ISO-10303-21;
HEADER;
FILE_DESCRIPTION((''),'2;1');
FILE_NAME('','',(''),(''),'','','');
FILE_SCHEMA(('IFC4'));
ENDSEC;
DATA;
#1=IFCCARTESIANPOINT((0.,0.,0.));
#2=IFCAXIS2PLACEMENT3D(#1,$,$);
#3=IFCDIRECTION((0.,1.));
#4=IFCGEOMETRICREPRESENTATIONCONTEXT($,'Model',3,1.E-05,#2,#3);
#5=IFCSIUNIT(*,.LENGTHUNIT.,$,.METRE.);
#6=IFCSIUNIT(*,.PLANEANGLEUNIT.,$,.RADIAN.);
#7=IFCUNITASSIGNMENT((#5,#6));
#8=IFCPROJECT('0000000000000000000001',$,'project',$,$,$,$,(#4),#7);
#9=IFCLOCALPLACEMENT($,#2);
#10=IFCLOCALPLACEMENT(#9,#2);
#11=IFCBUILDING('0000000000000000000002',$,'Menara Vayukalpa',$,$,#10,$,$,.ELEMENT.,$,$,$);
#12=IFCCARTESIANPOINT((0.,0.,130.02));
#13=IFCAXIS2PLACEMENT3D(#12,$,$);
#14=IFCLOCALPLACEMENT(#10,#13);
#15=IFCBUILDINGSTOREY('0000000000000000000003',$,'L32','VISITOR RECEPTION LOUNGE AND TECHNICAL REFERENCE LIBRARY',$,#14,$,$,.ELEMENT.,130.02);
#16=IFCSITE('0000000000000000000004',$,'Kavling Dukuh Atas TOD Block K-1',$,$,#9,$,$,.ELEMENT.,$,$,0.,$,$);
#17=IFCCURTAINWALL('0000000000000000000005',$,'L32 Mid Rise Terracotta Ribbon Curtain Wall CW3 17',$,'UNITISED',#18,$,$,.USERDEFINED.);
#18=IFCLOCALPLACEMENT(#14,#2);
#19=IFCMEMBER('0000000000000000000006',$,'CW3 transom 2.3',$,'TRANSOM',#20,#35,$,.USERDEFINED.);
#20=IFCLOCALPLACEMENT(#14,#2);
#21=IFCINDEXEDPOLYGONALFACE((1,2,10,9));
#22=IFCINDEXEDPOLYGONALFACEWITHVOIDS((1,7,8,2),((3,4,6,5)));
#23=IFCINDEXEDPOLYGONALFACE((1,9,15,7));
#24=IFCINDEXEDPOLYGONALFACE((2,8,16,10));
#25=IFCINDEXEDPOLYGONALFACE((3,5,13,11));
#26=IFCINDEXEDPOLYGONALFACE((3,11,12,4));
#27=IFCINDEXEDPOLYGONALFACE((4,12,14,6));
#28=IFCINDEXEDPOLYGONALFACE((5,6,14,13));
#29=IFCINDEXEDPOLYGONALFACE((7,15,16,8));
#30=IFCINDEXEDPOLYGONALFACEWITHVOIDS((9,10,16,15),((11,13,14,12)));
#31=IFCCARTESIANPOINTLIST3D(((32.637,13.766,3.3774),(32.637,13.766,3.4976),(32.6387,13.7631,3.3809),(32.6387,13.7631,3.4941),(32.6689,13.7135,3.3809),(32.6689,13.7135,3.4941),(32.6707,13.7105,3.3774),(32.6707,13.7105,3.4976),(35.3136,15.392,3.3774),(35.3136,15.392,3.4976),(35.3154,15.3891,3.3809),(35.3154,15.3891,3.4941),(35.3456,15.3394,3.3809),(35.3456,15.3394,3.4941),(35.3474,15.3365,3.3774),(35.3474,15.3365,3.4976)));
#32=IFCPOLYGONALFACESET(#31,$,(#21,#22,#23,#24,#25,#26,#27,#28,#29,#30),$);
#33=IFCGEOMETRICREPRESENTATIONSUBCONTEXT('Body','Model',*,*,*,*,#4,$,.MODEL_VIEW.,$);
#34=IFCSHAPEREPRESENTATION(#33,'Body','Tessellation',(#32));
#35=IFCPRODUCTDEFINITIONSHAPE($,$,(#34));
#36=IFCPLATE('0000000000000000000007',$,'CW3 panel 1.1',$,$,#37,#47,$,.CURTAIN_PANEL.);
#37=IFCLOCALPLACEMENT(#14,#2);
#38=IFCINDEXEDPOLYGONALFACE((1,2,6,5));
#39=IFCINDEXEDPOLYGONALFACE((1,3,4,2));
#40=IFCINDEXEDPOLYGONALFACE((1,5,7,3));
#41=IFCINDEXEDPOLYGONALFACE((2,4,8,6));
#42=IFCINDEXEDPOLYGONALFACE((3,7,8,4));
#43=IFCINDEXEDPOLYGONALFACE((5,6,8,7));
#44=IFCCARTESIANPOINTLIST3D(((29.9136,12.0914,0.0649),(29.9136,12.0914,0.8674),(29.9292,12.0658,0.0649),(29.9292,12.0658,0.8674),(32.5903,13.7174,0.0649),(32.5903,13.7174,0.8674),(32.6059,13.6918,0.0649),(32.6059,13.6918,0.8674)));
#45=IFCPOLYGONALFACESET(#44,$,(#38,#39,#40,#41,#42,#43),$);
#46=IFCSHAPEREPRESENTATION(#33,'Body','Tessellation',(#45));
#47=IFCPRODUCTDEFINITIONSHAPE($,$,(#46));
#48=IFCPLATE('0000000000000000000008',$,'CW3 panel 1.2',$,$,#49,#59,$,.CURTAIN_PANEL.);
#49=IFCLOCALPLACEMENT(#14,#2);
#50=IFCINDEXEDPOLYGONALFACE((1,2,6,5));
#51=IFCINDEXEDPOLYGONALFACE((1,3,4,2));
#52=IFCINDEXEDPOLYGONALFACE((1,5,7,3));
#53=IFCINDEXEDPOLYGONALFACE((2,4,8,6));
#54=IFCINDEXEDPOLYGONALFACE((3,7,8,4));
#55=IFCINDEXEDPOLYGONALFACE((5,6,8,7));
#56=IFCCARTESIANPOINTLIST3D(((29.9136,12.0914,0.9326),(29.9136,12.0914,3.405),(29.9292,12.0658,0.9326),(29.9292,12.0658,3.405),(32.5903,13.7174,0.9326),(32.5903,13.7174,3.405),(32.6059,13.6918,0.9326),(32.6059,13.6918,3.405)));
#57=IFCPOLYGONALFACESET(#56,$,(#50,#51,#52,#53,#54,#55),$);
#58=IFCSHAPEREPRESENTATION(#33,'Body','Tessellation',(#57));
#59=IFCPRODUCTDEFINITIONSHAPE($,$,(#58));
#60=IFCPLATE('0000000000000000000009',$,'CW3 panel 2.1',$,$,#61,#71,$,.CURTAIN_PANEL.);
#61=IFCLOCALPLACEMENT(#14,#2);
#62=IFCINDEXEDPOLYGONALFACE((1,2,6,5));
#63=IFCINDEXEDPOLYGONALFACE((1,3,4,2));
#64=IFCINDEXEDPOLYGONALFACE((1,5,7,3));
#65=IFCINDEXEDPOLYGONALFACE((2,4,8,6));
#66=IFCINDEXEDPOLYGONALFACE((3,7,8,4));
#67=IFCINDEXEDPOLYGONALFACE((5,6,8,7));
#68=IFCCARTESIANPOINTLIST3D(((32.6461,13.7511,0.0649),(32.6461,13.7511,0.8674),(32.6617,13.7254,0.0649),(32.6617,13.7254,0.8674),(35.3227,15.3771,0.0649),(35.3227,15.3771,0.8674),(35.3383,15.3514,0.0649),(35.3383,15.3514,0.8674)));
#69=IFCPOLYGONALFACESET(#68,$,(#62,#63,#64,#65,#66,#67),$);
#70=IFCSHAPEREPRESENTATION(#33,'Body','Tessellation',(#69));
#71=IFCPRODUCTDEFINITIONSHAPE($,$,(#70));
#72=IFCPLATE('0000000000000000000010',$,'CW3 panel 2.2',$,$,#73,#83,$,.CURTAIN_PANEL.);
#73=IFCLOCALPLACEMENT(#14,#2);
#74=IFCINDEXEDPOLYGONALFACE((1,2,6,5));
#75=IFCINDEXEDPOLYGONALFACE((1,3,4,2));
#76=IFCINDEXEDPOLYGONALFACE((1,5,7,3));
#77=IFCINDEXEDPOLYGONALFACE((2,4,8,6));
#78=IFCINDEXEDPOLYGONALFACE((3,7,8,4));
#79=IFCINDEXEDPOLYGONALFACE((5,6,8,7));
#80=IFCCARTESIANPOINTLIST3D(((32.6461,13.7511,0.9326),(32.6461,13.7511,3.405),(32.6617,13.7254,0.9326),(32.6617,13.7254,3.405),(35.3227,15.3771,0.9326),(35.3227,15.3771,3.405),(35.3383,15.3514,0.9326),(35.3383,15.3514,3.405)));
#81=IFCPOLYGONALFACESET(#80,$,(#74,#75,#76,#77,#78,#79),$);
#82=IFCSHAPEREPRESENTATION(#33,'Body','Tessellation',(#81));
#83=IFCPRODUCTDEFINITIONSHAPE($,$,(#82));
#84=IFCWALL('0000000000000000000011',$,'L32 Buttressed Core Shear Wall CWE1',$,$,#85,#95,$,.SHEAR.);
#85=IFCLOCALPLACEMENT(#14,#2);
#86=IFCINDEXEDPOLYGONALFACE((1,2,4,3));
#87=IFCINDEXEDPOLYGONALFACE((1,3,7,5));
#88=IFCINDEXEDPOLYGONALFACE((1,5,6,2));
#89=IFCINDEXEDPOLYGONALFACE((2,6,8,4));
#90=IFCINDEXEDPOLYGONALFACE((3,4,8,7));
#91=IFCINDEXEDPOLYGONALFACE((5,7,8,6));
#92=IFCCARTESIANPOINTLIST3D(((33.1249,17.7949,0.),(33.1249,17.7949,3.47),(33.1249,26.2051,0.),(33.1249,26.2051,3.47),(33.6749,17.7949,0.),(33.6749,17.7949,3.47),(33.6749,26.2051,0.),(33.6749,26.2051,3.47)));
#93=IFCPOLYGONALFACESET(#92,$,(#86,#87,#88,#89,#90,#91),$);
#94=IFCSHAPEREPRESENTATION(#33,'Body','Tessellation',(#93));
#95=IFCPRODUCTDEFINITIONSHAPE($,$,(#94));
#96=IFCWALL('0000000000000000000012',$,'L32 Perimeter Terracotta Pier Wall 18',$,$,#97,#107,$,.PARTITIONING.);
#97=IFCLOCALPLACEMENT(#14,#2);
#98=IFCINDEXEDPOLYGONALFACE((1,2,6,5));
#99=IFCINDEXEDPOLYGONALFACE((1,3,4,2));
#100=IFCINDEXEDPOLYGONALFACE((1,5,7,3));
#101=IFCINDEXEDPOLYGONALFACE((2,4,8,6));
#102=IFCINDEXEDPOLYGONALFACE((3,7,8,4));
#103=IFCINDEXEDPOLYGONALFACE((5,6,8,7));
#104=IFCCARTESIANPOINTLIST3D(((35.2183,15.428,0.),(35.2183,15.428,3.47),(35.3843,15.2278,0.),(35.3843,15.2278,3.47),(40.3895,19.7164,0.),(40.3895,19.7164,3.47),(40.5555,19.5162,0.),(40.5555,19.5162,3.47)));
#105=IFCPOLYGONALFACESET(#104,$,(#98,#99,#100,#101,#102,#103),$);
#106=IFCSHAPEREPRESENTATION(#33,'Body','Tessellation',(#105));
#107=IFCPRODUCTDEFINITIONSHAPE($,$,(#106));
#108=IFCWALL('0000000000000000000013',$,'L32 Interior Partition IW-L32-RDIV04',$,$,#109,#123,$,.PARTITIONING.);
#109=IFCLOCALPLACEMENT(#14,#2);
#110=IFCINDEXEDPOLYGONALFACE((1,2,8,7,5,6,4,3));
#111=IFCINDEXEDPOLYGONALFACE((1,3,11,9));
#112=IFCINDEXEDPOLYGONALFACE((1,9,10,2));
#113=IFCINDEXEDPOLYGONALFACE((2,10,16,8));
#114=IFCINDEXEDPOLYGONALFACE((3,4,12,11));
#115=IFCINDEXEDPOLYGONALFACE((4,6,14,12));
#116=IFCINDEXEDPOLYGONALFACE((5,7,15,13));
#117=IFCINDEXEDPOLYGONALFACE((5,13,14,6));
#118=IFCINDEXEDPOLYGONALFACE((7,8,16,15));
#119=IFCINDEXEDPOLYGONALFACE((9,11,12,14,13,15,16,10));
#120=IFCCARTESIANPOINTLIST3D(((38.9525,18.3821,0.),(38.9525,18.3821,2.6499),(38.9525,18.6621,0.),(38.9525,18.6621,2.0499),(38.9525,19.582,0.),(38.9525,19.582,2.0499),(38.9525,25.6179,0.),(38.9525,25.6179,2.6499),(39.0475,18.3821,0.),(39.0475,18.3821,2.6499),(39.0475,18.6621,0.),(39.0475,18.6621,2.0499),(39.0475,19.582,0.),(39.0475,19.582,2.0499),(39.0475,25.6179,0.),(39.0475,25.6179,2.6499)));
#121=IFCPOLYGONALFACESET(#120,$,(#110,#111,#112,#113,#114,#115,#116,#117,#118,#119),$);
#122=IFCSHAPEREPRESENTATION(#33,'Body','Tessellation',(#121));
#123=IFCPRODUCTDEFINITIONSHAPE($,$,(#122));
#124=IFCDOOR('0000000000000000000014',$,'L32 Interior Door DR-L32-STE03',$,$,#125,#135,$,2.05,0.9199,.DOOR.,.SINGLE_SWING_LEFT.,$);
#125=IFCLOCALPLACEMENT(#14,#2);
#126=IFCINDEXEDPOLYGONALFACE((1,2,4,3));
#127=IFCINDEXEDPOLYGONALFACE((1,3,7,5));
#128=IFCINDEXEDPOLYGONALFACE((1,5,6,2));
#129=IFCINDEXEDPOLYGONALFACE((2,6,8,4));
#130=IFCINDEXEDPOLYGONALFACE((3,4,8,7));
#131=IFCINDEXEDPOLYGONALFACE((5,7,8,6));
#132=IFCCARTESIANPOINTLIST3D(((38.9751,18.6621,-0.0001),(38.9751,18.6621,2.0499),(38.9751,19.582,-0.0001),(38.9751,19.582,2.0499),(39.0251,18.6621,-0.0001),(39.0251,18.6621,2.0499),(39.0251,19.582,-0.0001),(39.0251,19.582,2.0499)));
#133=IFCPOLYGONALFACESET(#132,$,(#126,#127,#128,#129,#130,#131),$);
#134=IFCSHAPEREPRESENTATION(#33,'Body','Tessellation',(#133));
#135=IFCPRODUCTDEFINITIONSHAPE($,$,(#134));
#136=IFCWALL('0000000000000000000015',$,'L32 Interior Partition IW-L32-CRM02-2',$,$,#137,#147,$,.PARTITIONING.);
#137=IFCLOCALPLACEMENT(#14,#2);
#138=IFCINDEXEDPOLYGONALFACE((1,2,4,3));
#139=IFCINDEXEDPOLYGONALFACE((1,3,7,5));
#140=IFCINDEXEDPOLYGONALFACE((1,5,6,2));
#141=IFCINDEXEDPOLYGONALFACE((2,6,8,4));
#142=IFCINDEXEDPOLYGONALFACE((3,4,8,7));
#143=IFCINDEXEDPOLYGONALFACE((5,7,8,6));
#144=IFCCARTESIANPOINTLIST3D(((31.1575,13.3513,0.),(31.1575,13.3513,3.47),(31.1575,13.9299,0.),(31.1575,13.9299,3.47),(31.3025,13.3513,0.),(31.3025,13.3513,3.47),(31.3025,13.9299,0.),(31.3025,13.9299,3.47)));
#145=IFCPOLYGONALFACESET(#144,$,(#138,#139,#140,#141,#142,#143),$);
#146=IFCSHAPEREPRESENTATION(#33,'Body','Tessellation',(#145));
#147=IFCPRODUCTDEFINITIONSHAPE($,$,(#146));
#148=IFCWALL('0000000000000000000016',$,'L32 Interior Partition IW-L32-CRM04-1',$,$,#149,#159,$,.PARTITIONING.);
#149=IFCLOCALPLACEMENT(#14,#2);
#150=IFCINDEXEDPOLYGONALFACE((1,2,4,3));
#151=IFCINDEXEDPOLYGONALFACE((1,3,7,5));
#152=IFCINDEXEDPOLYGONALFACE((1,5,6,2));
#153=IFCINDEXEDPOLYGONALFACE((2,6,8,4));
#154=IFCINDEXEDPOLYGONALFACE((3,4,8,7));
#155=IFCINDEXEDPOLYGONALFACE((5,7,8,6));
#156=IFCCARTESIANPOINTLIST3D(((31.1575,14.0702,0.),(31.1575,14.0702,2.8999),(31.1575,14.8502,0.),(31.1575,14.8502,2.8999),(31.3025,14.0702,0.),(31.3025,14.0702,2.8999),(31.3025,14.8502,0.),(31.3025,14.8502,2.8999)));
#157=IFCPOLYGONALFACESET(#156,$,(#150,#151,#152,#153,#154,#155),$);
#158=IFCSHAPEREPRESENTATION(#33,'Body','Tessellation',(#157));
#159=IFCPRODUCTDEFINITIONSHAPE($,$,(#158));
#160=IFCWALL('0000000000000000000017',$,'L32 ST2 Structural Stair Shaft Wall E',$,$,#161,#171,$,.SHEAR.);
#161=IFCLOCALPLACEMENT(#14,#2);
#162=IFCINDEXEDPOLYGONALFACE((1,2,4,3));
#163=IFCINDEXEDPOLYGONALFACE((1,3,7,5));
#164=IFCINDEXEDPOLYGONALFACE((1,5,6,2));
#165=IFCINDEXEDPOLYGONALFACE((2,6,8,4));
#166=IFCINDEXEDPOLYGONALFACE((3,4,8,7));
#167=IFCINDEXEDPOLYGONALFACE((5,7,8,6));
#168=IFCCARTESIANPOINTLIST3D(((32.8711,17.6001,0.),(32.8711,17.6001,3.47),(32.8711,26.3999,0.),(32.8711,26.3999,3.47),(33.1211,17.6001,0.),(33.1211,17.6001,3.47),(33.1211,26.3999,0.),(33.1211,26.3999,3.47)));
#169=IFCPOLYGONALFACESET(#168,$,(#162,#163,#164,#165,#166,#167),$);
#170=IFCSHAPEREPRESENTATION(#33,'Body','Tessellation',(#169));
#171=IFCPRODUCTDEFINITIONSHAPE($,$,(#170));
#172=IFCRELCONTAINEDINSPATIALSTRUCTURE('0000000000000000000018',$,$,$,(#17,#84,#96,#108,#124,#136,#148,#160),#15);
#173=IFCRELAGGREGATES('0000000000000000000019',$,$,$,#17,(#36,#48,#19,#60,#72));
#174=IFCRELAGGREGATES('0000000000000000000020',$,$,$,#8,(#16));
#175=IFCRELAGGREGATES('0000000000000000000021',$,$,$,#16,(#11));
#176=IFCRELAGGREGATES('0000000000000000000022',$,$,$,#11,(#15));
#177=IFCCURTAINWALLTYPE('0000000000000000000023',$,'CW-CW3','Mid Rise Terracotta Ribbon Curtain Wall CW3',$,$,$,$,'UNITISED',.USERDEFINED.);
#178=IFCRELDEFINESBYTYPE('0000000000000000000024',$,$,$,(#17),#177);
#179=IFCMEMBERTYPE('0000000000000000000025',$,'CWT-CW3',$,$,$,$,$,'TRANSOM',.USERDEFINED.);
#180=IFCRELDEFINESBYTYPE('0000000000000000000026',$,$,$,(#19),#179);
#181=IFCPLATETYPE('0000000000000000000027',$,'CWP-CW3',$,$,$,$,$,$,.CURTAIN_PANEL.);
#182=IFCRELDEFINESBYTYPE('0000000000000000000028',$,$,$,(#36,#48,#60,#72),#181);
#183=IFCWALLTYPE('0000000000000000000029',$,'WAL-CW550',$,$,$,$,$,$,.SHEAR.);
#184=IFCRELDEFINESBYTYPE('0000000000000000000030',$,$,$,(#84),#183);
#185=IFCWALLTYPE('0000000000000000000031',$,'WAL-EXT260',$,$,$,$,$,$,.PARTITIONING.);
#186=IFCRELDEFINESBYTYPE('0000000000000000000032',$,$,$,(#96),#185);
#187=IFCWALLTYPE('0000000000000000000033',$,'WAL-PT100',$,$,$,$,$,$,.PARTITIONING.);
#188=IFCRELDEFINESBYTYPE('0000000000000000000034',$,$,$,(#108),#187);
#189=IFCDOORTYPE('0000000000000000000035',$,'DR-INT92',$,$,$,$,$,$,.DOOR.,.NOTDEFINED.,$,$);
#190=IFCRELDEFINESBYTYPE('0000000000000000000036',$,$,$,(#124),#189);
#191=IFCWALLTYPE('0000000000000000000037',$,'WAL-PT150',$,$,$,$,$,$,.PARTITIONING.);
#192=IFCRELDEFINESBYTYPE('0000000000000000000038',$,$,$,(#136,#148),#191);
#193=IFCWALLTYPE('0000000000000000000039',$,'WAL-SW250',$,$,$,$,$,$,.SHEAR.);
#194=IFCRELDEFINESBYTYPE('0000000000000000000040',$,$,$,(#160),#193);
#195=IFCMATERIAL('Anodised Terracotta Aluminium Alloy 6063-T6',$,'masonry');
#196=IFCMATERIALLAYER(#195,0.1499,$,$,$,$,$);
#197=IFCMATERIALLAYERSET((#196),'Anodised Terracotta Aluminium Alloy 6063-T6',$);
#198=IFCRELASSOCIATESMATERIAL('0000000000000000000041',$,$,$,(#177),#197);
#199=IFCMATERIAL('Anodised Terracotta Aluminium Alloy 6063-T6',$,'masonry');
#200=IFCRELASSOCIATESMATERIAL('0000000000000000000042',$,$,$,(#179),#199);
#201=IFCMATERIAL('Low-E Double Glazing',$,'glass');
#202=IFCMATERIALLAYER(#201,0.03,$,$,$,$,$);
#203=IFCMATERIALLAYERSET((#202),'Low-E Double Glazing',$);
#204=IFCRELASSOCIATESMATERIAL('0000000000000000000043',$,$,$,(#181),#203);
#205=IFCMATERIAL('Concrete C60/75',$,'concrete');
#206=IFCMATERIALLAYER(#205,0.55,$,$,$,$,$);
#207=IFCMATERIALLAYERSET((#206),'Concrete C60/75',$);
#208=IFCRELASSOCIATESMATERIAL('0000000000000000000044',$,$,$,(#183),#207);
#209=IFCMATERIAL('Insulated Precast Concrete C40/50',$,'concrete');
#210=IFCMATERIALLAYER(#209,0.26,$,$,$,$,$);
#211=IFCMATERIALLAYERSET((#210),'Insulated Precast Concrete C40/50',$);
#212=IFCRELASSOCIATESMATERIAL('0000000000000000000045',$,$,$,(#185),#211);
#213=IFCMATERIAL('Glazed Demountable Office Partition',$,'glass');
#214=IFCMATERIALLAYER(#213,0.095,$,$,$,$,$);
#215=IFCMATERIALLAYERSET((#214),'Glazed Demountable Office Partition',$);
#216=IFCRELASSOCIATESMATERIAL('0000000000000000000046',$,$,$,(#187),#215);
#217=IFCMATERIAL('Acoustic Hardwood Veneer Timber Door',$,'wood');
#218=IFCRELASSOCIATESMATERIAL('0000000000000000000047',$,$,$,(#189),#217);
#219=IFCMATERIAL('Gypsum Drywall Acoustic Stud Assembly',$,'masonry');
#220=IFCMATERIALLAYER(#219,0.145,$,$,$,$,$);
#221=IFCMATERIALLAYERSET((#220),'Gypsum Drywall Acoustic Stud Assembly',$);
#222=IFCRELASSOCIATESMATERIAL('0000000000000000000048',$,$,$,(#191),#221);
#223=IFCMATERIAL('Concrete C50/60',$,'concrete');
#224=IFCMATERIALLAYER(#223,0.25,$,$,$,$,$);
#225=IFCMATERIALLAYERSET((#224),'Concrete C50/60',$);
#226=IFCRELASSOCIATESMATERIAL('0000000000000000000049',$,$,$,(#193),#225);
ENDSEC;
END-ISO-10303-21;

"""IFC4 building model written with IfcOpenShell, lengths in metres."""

from ifc_helpers import new_model, si_unit, direction, frame, frame_2d, origin, origin_2d, place, context, subcontext, project, spatial, rectangle, hollow_rectangle, extrude, material, layer, layer_set, material_profile, profile_set, type_object, element, fill, aggregate, save


model = new_model("IFC4")

# Units and contexts
model_context = context("Model", 3, precision=1e-05, world=origin(), true_north=direction((0.0, 1.0)))
body_context = subcontext(model_context, "Body", "Model", "MODEL_VIEW")
ifc_project = project(units=[si_unit("LENGTHUNIT", "METRE"), si_unit("PLANEANGLEUNIT", "RADIAN")], contexts=[model_context])

# Site, building, storey
site_placement = place(None, origin())
site = spatial("IfcSite", under=ifc_project, at=site_placement, Name="Kavling Dukuh Atas TOD Block K-1", CompositionType="ELEMENT", RefElevation=0.0)
building_placement = place(site_placement, origin())
building = spatial("IfcBuilding", under=site, at=building_placement, Name="Menara Vayukalpa", CompositionType="ELEMENT")
storey_placement = place(building_placement, frame((0.0, 0.0, 130.02)))
storey = spatial("IfcBuildingStorey", under=building, at=storey_placement, Name="L32", Description="VISITOR RECEPTION LOUNGE AND TECHNICAL REFERENCE LIBRARY", CompositionType="ELEMENT", Elevation=130.02)

# Curtain wall, member, plates
ifc_material_1 = material(Name="Anodised Terracotta Aluminium Alloy 6063-T6", Category="masonry")
ifc_layer_1 = layer(ifc_material_1, 0.1499)
ifc_layer_set_1 = layer_set([ifc_layer_1], Name="Anodised Terracotta Aluminium Alloy 6063-T6")
curtain_wall_type = type_object("IfcCurtainWallType", Name="CW-CW3", Description="Mid Rise Terracotta Ribbon Curtain Wall CW3", ElementType="UNITISED", PredefinedType="USERDEFINED", material=ifc_layer_set_1)
curtain_wall_placement = place(storey_placement, origin())
curtain_wall = element("IfcCurtainWall", 1, at=curtain_wall_placement, inside=storey, type_object=curtain_wall_type, Name="L32 Mid Rise Terracotta Ribbon Curtain Wall CW3 17", ObjectType="UNITISED", PredefinedType="USERDEFINED")
ifc_material_2 = material(Name="Anodised Terracotta Aluminium Alloy 6063-T6", Category="masonry")
ifc_material_profile_1 = material_profile(ifc_material_2, hollow_rectangle(XDim=0.0649, YDim=0.1201, WallThickness=0.0034, at=origin_2d()), Name="ALU 65x120x3.5")
ifc_profile_set_1 = profile_set([ifc_material_profile_1], Name="Anodised Terracotta Aluminium Alloy 6063-T6")
member_type_1 = type_object("IfcMemberType", Name="CWT-CW3", ElementType="TRANSOM", PredefinedType="USERDEFINED", material=ifc_profile_set_1)
member_1_placement = place(storey_placement, frame((32.6538, 13.7383, 3.4375), z_axis=(0.854674, 0.519165, 0.0), x_axis=(-0.519165, 0.854674, 0.0)))
member_1 = element("IfcMember", 2, at=member_1_placement, type_object=member_type_1, Name="CW3 transom 2.3", ObjectType="TRANSOM", PredefinedType="USERDEFINED", context=body_context, shape_type="SweptSolid", body=[
    extrude(hollow_rectangle(XDim=0.0649, YDim=0.1201, WallThickness=0.0034, at=origin_2d()), origin(), (0.0, 0.0, 1.0), 3.1318),
])
ifc_material_3 = material(Name="Low-E Double Glazing", Category="glass")
ifc_layer_2 = layer(ifc_material_3, 0.03)
ifc_layer_set_2 = layer_set([ifc_layer_2], Name="Low-E Double Glazing")
plate_type = type_object("IfcPlateType", Name="CWP-CW3", PredefinedType="CURTAIN_PANEL", material=ifc_layer_set_2)
plate_1_placement = place(storey_placement, frame((31.2598, 12.8916, 0.0649), z_axis=(0.0, 0.0, 1.0), x_axis=(0.854663, 0.519183, 0.0)))
plate_1 = element("IfcPlate", 3, at=plate_1_placement, type_object=plate_type, Name="CW3 panel 1.1", PredefinedType="CURTAIN_PANEL", context=body_context, shape_type="SweptSolid", body=[
    extrude(rectangle(XDim=3.1318, YDim=0.03, at=origin_2d()), origin(), (0.0, 0.0, 1.0), 0.8025),
])
plate_2_placement = place(storey_placement, frame((31.2598, 12.8916, 0.9326), z_axis=(0.0, 0.0, 1.0), x_axis=(0.854663, 0.519183, 0.0)))
plate_2 = element("IfcPlate", 4, at=plate_2_placement, type_object=plate_type, Name="CW3 panel 1.2", PredefinedType="CURTAIN_PANEL", context=body_context, shape_type="SweptSolid", body=[
    extrude(rectangle(XDim=3.1318, YDim=0.03, at=origin_2d()), origin(), (0.0, 0.0, 1.0), 2.4724),
])
plate_3_placement = place(storey_placement, frame((33.9922, 14.5513, 0.0649), z_axis=(0.0, 0.0, 1.0), x_axis=(0.854663, 0.519183, 0.0)))
plate_3 = element("IfcPlate", 5, at=plate_3_placement, type_object=plate_type, Name="CW3 panel 2.1", PredefinedType="CURTAIN_PANEL", context=body_context, shape_type="SweptSolid", body=[
    extrude(rectangle(XDim=3.1318, YDim=0.03, at=origin_2d()), origin(), (0.0, 0.0, 1.0), 0.8025),
])
plate_4_placement = place(storey_placement, frame((33.9922, 14.5513, 0.9326), z_axis=(0.0, 0.0, 1.0), x_axis=(0.854663, 0.519183, 0.0)))
plate_4 = element("IfcPlate", 6, at=plate_4_placement, type_object=plate_type, Name="CW3 panel 2.2", PredefinedType="CURTAIN_PANEL", context=body_context, shape_type="SweptSolid", body=[
    extrude(rectangle(XDim=3.1318, YDim=0.03, at=origin_2d()), origin(), (0.0, 0.0, 1.0), 2.4724),
])
aggregate(curtain_wall, [plate_1, plate_2, member_1, plate_3, plate_4])

# Walls
ifc_material_4 = material(Name="Concrete C60/75", Category="concrete")
ifc_layer_3 = layer(ifc_material_4, 0.55)
ifc_layer_set_3 = layer_set([ifc_layer_3], Name="Concrete C60/75")
wall_type_1 = type_object("IfcWallType", Name="WAL-CW550", PredefinedType="SHEAR", material=ifc_layer_set_3)
wall_1_placement = place(storey_placement, frame((33.3999, 17.7949, 0.0), z_axis=(0.0, 0.0, 1.0), x_axis=(0.0, 1.0, 0.0)))
element("IfcWall", 7, at=wall_1_placement, inside=storey, type_object=wall_type_1, Name="L32 Buttressed Core Shear Wall CWE1", PredefinedType="SHEAR", context=body_context, shape_type="SweptSolid", body=[
    extrude(rectangle(XDim=8.4102, YDim=0.55, at=frame_2d((4.2051, 0.0))), origin(), (0.0, 0.0, 1.0), 3.47),
])
ifc_material_5 = material(Name="Insulated Precast Concrete C40/50", Category="concrete")
ifc_layer_4 = layer(ifc_material_5, 0.26)
ifc_layer_set_4 = layer_set([ifc_layer_4], Name="Insulated Precast Concrete C40/50")
wall_type_2 = type_object("IfcWallType", Name="WAL-EXT260", PredefinedType="PARTITIONING", material=ifc_layer_set_4)
wall_2_placement = place(storey_placement, frame((40.4724, 19.6162, 0.0), z_axis=(0.0, 0.0, 1.0), x_axis=(-0.769753, -0.638342, 0.0)))
element("IfcWall", 8, at=wall_2_placement, inside=storey, type_object=wall_type_2, Name="L32 Perimeter Terracotta Pier Wall 18", PredefinedType="PARTITIONING", context=body_context, shape_type="SweptSolid", body=[
    extrude(rectangle(XDim=6.718, YDim=0.26, at=frame_2d((3.3589, 0.0))), origin(), (0.0, 0.0, 1.0), 3.47),
])

# Wall, opening, door
ifc_material_6 = material(Name="Glazed Demountable Office Partition", Category="glass")
ifc_layer_5 = layer(ifc_material_6, 0.095)
ifc_layer_set_5 = layer_set([ifc_layer_5], Name="Glazed Demountable Office Partition")
wall_type_3 = type_object("IfcWallType", Name="WAL-PT100", PredefinedType="PARTITIONING", material=ifc_layer_set_5)
wall_3_placement = place(storey_placement, frame((39.0, 18.3821, 0.0), z_axis=(0.0, 0.0, 1.0), x_axis=(0.0, 1.0, 0.0)))
wall_3 = element("IfcWall", 9, at=wall_3_placement, inside=storey, type_object=wall_type_3, Name="L32 Interior Partition IW-L32-RDIV04", PredefinedType="PARTITIONING", context=body_context, shape_type="SweptSolid", body=[
    extrude(rectangle(XDim=7.2358, YDim=0.095, at=frame_2d((3.6179, 0.0))), origin(), (0.0, 0.0, 1.0), 2.6499),
])
opening_placement = place(wall_3_placement, frame((0.28, 0.0, 0.0)))
opening = element("IfcOpeningElement", 10, at=opening_placement, cuts=wall_3, PredefinedType="OPENING", context=body_context, shape_type="SweptSolid", body=[
    extrude(rectangle(XDim=0.9199, YDim=2.05, at=frame_2d((0.46, 1.0249))), frame((0.0, 0.0574, 0.0), z_axis=(0.0, -1.0, 0.0), x_axis=(1.0, 0.0, 0.0)), (0.0, 0.0, 1.0), 0.115),
])
ifc_material_7 = material(Name="Acoustic Hardwood Veneer Timber Door", Category="wood")
door_type = type_object("IfcDoorType", Name="DR-INT92", OperationType="NOTDEFINED", PredefinedType="DOOR", material=ifc_material_7)
door_placement = place(opening_placement, origin())
door = element("IfcDoor", 11, at=door_placement, inside=storey, type_object=door_type, Name="L32 Interior Door DR-L32-STE03", OperationType="SINGLE_SWING_LEFT", OverallHeight=2.05, OverallWidth=0.9199, PredefinedType="DOOR", context=body_context, shape_type="SweptSolid", body=[
    extrude(rectangle(XDim=0.9199, YDim=2.05, at=frame_2d((0.46, 1.0249))), frame((0.0, 0.0249, 0.0), z_axis=(0.0, -1.0, 0.0), x_axis=(1.0, 0.0, 0.0)), (0.0, 0.0, 1.0), 0.05),
])
fill(opening, door)

# Walls
ifc_material_8 = material(Name="Gypsum Drywall Acoustic Stud Assembly", Category="masonry")
ifc_layer_6 = layer(ifc_material_8, 0.145)
ifc_layer_set_6 = layer_set([ifc_layer_6], Name="Gypsum Drywall Acoustic Stud Assembly")
wall_type_4 = type_object("IfcWallType", Name="WAL-PT150", PredefinedType="PARTITIONING", material=ifc_layer_set_6)
wall_4_placement = place(storey_placement, frame((31.23, 13.3513, 0.0), z_axis=(0.0, 0.0, 1.0), x_axis=(0.0, 1.0, 0.0)))
element("IfcWall", 12, at=wall_4_placement, inside=storey, type_object=wall_type_4, Name="L32 Interior Partition IW-L32-CRM02-2", PredefinedType="PARTITIONING", context=body_context, shape_type="SweptSolid", body=[
    extrude(rectangle(XDim=0.5786, YDim=0.145, at=frame_2d((0.2893, 0.0))), origin(), (0.0, 0.0, 1.0), 3.47),
])
wall_5_placement = place(storey_placement, frame((31.23, 14.0701, 0.0), z_axis=(0.0, 0.0, 1.0), x_axis=(0.0, 1.0, 0.0)))
element("IfcWall", 13, at=wall_5_placement, inside=storey, type_object=wall_type_4, Name="L32 Interior Partition IW-L32-CRM04-1", PredefinedType="PARTITIONING", context=body_context, shape_type="SweptSolid", body=[
    extrude(rectangle(XDim=0.78, YDim=0.145, at=frame_2d((0.3901, 0.0))), origin(), (0.0, 0.0, 1.0), 2.8999),
])
ifc_material_9 = material(Name="Concrete C50/60", Category="concrete")
ifc_layer_7 = layer(ifc_material_9, 0.25)
ifc_layer_set_7 = layer_set([ifc_layer_7], Name="Concrete C50/60")
wall_type_5 = type_object("IfcWallType", Name="WAL-SW250", PredefinedType="SHEAR", material=ifc_layer_set_7)
wall_6_placement = place(storey_placement, frame((32.9961, 17.6001, 0.0), z_axis=(0.0, 0.0, 1.0), x_axis=(0.0, 1.0, 0.0)))
element("IfcWall", 14, at=wall_6_placement, inside=storey, type_object=wall_type_5, Name="L32 ST2 Structural Stair Shaft Wall E", PredefinedType="SHEAR", context=body_context, shape_type="SweptSolid", body=[
    extrude(rectangle(XDim=8.7998, YDim=0.25, at=frame_2d((4.3999, 0.0))), origin(), (0.0, 0.0, 1.0), 3.47),
])

save(model, "model.ifc")
